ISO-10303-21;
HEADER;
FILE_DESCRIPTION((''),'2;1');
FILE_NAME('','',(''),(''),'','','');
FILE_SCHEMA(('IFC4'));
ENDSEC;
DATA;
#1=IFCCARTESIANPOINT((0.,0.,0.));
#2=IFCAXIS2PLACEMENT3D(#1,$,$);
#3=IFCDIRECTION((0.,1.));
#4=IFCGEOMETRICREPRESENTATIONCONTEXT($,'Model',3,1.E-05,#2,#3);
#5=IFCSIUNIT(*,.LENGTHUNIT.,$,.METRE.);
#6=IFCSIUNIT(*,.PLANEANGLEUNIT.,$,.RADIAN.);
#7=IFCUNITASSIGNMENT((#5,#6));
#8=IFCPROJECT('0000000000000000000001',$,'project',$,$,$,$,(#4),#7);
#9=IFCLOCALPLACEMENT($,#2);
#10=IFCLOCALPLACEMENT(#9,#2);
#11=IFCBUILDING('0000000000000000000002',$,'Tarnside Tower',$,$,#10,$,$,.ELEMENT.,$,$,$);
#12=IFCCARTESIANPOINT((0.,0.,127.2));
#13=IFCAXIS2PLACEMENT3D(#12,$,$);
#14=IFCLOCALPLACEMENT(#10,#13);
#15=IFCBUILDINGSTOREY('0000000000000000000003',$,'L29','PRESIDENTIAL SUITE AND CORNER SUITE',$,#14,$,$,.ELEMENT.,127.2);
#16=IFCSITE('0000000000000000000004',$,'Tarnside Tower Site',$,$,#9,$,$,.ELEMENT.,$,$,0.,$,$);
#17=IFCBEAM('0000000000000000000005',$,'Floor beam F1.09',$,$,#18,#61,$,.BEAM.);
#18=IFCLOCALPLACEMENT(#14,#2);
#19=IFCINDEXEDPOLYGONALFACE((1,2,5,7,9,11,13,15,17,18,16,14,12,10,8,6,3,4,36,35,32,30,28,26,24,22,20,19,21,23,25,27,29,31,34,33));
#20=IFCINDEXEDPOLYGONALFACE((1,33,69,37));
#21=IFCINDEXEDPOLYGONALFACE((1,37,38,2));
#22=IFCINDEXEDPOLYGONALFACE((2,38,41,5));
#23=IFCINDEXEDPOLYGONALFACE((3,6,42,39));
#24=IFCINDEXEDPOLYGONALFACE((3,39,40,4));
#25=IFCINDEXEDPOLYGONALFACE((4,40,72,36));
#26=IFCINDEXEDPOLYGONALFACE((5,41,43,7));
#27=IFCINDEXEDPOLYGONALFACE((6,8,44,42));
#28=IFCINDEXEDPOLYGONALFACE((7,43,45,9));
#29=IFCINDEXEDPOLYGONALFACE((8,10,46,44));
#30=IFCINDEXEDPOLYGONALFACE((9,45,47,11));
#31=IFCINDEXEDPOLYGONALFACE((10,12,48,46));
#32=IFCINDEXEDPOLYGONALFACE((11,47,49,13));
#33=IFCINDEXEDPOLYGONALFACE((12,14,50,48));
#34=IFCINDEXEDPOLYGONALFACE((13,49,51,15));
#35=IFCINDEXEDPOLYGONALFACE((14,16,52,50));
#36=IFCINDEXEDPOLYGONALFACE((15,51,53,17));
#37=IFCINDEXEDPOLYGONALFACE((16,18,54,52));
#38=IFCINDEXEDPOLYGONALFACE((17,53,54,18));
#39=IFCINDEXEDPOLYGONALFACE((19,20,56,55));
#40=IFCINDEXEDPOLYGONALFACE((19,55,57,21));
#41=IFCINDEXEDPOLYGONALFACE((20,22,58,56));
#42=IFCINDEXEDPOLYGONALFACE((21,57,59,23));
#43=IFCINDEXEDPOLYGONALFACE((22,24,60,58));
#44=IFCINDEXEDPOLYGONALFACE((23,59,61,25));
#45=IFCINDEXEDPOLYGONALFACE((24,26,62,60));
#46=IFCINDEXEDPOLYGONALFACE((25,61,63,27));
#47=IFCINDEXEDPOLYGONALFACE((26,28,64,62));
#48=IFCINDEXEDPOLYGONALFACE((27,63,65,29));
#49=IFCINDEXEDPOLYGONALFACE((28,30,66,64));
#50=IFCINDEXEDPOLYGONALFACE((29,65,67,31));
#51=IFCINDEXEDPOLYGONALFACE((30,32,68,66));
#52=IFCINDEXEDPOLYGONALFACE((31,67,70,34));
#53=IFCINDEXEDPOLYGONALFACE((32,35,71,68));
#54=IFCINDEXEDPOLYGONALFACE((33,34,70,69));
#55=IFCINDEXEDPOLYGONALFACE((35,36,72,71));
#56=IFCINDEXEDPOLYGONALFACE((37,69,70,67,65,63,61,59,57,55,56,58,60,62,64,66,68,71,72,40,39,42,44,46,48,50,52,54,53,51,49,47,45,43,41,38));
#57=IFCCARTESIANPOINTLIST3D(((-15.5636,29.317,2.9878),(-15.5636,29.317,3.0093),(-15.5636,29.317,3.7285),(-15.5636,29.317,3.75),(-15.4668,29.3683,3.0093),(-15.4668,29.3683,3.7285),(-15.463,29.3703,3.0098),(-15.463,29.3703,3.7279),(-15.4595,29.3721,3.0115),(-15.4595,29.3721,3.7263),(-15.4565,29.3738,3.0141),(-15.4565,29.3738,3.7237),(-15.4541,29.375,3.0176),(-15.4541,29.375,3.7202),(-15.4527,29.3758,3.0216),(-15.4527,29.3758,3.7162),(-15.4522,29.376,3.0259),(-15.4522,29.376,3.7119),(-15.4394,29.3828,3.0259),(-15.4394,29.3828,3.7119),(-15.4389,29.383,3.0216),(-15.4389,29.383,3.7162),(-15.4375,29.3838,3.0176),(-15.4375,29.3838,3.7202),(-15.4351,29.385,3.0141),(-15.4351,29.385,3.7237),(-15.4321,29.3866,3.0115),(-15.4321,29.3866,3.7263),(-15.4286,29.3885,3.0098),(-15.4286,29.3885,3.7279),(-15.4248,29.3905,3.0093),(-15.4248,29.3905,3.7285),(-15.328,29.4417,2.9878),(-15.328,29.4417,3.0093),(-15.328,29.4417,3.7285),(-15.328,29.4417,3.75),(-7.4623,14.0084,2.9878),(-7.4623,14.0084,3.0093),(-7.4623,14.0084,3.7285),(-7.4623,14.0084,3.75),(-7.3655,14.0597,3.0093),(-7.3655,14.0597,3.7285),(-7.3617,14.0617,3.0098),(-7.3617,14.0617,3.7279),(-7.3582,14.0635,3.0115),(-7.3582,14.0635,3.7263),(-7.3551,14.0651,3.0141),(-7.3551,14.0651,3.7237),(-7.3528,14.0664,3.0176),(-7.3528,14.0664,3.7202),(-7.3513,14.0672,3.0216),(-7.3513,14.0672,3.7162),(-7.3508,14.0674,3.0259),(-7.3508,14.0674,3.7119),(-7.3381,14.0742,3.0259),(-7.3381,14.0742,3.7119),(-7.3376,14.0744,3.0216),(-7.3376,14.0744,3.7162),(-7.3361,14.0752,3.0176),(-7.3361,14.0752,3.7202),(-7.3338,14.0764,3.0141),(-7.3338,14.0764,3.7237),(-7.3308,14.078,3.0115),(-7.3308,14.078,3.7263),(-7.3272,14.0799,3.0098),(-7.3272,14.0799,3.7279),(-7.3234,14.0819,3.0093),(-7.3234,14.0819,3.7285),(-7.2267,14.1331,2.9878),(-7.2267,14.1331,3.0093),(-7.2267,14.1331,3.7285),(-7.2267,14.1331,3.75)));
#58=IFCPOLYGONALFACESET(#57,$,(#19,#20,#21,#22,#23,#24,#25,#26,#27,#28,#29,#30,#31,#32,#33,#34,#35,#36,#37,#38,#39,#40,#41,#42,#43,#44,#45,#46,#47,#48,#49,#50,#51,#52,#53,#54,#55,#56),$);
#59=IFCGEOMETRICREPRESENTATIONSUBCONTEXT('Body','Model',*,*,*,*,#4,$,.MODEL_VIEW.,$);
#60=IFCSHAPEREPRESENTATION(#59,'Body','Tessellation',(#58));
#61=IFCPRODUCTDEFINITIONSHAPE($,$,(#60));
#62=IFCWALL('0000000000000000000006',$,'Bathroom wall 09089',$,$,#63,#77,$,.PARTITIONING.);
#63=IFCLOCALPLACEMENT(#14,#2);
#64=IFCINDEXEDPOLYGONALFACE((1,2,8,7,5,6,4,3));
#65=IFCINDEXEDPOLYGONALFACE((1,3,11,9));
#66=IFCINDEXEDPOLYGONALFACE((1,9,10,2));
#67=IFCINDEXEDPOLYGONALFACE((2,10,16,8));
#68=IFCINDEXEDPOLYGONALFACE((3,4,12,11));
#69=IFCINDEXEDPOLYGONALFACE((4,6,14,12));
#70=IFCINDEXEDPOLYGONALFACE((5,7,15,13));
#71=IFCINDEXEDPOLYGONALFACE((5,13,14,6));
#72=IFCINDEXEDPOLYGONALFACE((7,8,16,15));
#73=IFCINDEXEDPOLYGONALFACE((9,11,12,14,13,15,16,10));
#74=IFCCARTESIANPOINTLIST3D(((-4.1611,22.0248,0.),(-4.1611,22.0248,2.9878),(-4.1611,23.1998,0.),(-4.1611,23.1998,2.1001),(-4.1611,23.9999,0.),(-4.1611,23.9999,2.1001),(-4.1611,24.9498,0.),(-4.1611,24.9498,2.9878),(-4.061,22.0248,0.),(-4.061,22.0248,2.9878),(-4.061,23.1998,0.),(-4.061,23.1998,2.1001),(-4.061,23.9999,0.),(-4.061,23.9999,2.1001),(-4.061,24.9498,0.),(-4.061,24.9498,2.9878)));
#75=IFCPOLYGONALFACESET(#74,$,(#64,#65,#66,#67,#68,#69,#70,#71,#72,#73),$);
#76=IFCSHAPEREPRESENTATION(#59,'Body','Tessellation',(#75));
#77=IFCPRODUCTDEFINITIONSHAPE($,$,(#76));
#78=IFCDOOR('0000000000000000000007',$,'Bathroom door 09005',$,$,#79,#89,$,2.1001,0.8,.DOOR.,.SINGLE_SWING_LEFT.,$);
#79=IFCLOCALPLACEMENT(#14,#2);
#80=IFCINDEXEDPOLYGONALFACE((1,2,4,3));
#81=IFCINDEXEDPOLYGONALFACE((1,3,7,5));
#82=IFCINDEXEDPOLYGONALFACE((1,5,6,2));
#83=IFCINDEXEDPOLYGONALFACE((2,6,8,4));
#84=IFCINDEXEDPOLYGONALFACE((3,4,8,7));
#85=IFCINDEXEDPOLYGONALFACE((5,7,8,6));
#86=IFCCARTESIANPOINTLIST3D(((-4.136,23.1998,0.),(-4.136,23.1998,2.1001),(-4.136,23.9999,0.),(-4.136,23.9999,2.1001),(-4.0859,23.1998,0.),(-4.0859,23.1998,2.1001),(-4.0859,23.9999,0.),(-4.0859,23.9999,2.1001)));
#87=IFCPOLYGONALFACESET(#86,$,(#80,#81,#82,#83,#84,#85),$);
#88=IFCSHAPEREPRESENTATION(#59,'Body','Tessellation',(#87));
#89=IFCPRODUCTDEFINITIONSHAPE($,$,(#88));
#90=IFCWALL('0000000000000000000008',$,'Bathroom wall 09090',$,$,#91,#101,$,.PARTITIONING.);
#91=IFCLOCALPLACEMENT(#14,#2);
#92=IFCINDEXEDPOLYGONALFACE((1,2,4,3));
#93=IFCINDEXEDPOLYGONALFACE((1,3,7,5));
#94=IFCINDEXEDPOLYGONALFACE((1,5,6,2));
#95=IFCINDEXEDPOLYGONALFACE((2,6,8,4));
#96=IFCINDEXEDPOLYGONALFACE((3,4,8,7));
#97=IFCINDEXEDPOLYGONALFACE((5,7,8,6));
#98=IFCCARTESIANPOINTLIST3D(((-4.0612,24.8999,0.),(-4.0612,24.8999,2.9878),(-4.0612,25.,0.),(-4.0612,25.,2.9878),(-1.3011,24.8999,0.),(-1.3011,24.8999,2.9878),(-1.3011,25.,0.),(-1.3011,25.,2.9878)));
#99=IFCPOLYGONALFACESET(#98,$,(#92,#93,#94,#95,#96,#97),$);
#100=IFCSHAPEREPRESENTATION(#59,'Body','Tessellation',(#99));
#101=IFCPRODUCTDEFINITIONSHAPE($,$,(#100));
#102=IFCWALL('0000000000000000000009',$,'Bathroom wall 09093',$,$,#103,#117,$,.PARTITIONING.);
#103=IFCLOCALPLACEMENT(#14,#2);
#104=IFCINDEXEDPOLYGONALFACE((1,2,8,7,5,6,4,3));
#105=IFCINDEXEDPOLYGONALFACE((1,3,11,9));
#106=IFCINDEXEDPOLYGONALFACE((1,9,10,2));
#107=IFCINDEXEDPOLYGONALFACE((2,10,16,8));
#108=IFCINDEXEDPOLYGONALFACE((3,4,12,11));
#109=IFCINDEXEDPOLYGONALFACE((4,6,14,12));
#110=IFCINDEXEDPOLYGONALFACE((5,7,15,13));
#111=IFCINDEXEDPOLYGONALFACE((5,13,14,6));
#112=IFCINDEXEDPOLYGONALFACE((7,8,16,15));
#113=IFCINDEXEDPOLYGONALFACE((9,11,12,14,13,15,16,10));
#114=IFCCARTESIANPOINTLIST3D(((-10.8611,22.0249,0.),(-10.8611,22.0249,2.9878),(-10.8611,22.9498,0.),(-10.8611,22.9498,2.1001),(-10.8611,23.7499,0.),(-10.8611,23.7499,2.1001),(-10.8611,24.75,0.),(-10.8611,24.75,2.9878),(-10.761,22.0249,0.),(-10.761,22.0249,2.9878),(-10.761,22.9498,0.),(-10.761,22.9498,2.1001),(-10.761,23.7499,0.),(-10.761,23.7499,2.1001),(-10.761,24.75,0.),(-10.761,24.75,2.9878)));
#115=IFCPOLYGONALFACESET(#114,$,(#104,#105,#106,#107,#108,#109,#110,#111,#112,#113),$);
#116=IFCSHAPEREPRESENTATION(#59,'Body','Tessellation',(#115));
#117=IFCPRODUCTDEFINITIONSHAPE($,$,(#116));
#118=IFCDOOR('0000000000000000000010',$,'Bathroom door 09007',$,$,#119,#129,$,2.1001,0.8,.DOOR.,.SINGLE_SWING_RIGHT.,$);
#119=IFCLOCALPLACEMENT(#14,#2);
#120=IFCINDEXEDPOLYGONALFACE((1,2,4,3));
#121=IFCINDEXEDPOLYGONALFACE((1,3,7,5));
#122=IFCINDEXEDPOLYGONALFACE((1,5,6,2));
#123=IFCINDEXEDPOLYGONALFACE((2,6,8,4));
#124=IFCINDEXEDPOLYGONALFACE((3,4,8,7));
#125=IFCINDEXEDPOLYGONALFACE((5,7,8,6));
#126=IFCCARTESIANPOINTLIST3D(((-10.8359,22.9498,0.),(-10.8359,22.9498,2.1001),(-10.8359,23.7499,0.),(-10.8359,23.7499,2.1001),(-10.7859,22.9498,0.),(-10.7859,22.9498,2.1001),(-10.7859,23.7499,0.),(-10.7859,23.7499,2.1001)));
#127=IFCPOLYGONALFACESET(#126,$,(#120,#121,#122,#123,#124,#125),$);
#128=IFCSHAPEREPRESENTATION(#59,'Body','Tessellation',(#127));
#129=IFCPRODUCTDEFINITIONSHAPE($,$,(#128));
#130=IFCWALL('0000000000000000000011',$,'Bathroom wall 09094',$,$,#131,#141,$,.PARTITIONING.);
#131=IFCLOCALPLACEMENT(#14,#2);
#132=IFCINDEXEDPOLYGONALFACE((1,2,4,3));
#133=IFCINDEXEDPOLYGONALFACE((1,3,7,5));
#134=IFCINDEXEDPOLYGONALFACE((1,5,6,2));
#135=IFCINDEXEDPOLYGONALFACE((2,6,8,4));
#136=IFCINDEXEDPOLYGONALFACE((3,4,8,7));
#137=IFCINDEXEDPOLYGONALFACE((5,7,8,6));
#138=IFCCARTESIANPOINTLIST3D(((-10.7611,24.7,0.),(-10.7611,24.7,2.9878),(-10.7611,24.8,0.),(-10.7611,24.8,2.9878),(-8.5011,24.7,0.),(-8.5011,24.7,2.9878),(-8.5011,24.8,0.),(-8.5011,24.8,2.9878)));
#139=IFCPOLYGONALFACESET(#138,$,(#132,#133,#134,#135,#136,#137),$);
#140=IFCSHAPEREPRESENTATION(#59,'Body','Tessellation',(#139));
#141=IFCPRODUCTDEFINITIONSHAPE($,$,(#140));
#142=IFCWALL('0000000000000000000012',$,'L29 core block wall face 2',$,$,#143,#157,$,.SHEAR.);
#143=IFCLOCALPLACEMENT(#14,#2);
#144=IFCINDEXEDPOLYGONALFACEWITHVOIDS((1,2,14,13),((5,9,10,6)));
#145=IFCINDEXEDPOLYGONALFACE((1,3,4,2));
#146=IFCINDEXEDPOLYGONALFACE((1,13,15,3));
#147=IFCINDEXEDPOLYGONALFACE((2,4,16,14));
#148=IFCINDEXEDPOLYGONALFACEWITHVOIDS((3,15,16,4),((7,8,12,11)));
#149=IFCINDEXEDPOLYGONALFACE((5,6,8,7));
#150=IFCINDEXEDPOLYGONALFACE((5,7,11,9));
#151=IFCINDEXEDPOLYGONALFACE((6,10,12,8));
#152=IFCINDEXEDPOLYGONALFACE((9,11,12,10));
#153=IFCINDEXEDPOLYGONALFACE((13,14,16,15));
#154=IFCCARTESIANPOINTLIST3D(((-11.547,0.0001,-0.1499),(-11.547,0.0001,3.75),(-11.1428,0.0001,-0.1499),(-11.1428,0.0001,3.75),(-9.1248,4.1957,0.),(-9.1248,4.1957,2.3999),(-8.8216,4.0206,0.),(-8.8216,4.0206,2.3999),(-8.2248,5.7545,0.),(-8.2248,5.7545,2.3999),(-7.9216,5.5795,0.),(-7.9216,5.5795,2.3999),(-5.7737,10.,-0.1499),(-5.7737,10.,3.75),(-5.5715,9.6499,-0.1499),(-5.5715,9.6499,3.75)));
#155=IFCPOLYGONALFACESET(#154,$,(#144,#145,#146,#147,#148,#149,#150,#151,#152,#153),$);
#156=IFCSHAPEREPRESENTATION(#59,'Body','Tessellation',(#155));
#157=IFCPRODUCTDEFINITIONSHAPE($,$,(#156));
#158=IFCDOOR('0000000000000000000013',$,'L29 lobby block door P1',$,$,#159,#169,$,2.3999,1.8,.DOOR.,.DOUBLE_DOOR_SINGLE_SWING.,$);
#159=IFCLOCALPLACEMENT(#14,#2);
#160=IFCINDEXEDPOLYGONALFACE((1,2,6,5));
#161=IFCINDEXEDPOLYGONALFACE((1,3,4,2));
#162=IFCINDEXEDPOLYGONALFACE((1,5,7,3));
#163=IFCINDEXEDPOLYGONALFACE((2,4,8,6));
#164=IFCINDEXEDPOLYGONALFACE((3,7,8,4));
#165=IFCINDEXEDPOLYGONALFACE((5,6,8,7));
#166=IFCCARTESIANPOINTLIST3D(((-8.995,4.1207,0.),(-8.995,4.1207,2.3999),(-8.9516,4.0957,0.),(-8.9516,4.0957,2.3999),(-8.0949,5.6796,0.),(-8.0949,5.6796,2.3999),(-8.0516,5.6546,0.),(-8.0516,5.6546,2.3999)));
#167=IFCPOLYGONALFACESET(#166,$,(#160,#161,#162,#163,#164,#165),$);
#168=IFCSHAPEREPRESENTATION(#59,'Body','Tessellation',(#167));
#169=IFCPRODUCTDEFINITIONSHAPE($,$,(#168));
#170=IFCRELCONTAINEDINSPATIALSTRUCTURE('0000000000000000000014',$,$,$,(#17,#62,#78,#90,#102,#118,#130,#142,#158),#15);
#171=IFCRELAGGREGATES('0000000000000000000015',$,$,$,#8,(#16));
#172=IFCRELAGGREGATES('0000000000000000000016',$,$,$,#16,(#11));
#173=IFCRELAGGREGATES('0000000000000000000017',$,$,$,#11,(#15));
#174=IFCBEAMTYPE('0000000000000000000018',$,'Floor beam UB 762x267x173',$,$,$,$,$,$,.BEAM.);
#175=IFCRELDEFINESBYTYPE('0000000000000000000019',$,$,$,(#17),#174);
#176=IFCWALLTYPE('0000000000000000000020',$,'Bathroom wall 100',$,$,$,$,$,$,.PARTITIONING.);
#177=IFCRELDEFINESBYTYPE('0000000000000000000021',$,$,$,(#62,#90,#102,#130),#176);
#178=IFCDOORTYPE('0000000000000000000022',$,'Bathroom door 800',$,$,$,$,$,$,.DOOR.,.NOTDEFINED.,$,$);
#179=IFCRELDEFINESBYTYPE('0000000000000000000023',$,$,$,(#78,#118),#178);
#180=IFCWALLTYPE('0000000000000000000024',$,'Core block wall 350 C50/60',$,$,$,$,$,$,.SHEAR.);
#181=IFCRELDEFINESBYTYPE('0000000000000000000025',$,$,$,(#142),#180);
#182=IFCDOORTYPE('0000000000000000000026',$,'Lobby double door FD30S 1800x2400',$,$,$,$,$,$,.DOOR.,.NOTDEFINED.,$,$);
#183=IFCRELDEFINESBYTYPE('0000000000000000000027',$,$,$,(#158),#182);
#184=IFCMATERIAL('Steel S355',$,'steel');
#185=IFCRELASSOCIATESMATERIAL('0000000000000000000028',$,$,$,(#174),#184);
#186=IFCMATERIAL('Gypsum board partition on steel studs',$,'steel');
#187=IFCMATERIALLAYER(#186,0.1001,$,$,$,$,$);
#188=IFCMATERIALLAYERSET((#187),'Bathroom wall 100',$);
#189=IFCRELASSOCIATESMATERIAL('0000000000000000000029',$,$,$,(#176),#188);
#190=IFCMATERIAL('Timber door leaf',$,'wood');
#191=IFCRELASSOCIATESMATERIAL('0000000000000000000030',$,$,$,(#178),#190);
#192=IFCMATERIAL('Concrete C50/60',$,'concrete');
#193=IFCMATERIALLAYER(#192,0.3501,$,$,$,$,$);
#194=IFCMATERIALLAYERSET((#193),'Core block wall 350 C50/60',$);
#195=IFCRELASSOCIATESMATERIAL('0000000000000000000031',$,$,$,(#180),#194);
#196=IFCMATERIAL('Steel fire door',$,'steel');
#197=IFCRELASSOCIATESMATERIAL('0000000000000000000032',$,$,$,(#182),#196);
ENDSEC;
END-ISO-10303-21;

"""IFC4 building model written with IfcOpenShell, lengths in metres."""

from ifc_helpers import new_model, si_unit, direction, frame, frame_2d, origin, origin_2d, place, context, subcontext, project, spatial, polyline, rectangle, i_section, outline, extrude, material, layer, layer_set, material_profile, profile_set, type_object, element, fill, save


model = new_model("IFC4")

# Units and contexts
model_context = context("Model", 3, precision=1e-05, world=origin(), true_north=direction((0.0, 1.0)))
body_context = subcontext(model_context, "Body", "Model", "MODEL_VIEW")
ifc_project = project(units=[si_unit("LENGTHUNIT", "METRE"), si_unit("PLANEANGLEUNIT", "RADIAN")], contexts=[model_context])

# Site, building, storey
site_placement = place(None, origin())
site = spatial("IfcSite", under=ifc_project, at=site_placement, Name="Tarnside Tower Site", CompositionType="ELEMENT", RefElevation=0.0)
building_placement = place(site_placement, origin())
building = spatial("IfcBuilding", under=site, at=building_placement, Name="Tarnside Tower", CompositionType="ELEMENT")
storey_placement = place(building_placement, frame((0.0, 0.0, 127.2)))
storey = spatial("IfcBuildingStorey", under=building, at=storey_placement, Name="L29", Description="PRESIDENTIAL SUITE AND CORNER SUITE", CompositionType="ELEMENT", Elevation=127.2)

# Beam
ifc_material_1 = material(Name="Steel S355", Category="steel")
ifc_material_profile_1 = material_profile(ifc_material_1, i_section(OverallWidth=0.2666, OverallDepth=0.7622, WebThickness=0.0144, FlangeThickness=0.0215, FilletRadius=0.0166, at=origin_2d()), Name="UB 762x267x173")
ifc_profile_set_1 = profile_set([ifc_material_profile_1], Name="Steel S355")
beam_type_1 = type_object("IfcBeamType", Name="Floor beam UB 762x267x173", PredefinedType="BEAM", material=ifc_profile_set_1)
beam_1_placement = place(storey_placement, frame((-15.4458, 29.3794, 3.3689), z_axis=(0.467742, -0.883865, 0.0), x_axis=(0.883865, 0.467742, 0.0)))
element("IfcBeam", 1, at=beam_1_placement, inside=storey, type_object=beam_type_1, Name="Floor beam F1.09", PredefinedType="BEAM", context=body_context, shape_type="SweptSolid", body=[
    extrude(i_section(OverallWidth=0.2666, OverallDepth=0.7622, WebThickness=0.0144, FlangeThickness=0.0215, FilletRadius=0.0166, at=origin_2d()), origin(), (0.0, 0.0, 1.0), 17.3201),
])

# Wall, opening, door
ifc_material_2 = material(Name="Gypsum board partition on steel studs", Category="steel")
ifc_layer_1 = layer(ifc_material_2, 0.1001)
ifc_layer_set_1 = layer_set([ifc_layer_1], Name="Bathroom wall 100")
wall_type_1 = type_object("IfcWallType", Name="Bathroom wall 100", PredefinedType="PARTITIONING", material=ifc_layer_set_1)
wall_1_placement = place(storey_placement, frame((-4.1111, 22.0249, 0.0), z_axis=(0.0, 0.0, 1.0), x_axis=(0.0, 1.0, 0.0)))
wall_1 = element("IfcWall", 2, at=wall_1_placement, inside=storey, type_object=wall_type_1, Name="Bathroom wall 09089", PredefinedType="PARTITIONING", context=body_context, shape_type="SweptSolid", body=[
    extrude(rectangle(XDim=2.925, YDim=0.1001, at=frame_2d((1.4624, 0.0))), origin(), (0.0, 0.0, 1.0), 2.9878),
])
opening_1_placement = place(wall_1_placement, frame((1.175, 0.0, 0.0)))
opening_1 = element("IfcOpeningElement", 3, at=opening_1_placement, cuts=wall_1, PredefinedType="OPENING", context=body_context, shape_type="SweptSolid", body=[
    extrude(rectangle(XDim=0.8, YDim=2.1001, at=frame_2d((0.3999, 1.05))), frame((0.0, 0.0601, 0.0), z_axis=(0.0, -1.0, 0.0), x_axis=(1.0, 0.0, 0.0)), (0.0, 0.0, 1.0), 0.1201),
])
ifc_material_3 = material(Name="Timber door leaf", Category="wood")
door_type_1 = type_object("IfcDoorType", Name="Bathroom door 800", OperationType="NOTDEFINED", PredefinedType="DOOR", material=ifc_material_3)
door_1_placement = place(opening_1_placement, origin())
door_1 = element("IfcDoor", 4, at=door_1_placement, inside=storey, type_object=door_type_1, Name="Bathroom door 09005", OperationType="SINGLE_SWING_LEFT", OverallHeight=2.1001, OverallWidth=0.8, PredefinedType="DOOR", context=body_context, shape_type="SweptSolid", body=[
    extrude(rectangle(XDim=0.8, YDim=2.1001, at=frame_2d((0.3999, 1.05))), frame((0.0, 0.0249, 0.0), z_axis=(0.0, -1.0, 0.0), x_axis=(1.0, 0.0, 0.0)), (0.0, 0.0, 1.0), 0.05),
])
fill(opening_1, door_1)

# Wall
wall_2_placement = place(storey_placement, frame((-4.061, 24.95, 0.0), z_axis=(0.0, 0.0, 1.0), x_axis=(1.0, 0.0, 0.0)))
element("IfcWall", 5, at=wall_2_placement, inside=storey, type_object=wall_type_1, Name="Bathroom wall 09090", PredefinedType="PARTITIONING", context=body_context, shape_type="SweptSolid", body=[
    extrude(rectangle(XDim=2.76, YDim=0.1001, at=frame_2d((1.3799, 0.0))), origin(), (0.0, 0.0, 1.0), 2.9878),
])

# Wall, opening, door
wall_3_placement = place(storey_placement, frame((-10.811, 22.0249, 0.0), z_axis=(0.0, 0.0, 1.0), x_axis=(0.0, 1.0, 0.0)))
wall_3 = element("IfcWall", 6, at=wall_3_placement, inside=storey, type_object=wall_type_1, Name="Bathroom wall 09093", PredefinedType="PARTITIONING", context=body_context, shape_type="SweptSolid", body=[
    extrude(rectangle(XDim=2.7251, YDim=0.1001, at=frame_2d((1.3625, 0.0))), origin(), (0.0, 0.0, 1.0), 2.9878),
])
opening_2_placement = place(wall_3_placement, frame((0.925, 0.0, 0.0)))
opening_2 = element("IfcOpeningElement", 7, at=opening_2_placement, cuts=wall_3, PredefinedType="OPENING", context=body_context, shape_type="SweptSolid", body=[
    extrude(rectangle(XDim=0.8, YDim=2.1001, at=frame_2d((0.3999, 1.05))), frame((0.0, 0.0601, 0.0), z_axis=(0.0, -1.0, 0.0), x_axis=(1.0, 0.0, 0.0)), (0.0, 0.0, 1.0), 0.1201),
])
door_2_placement = place(opening_2_placement, origin())
door_2 = element("IfcDoor", 8, at=door_2_placement, inside=storey, type_object=door_type_1, Name="Bathroom door 09007", OperationType="SINGLE_SWING_RIGHT", OverallHeight=2.1001, OverallWidth=0.8, PredefinedType="DOOR", context=body_context, shape_type="SweptSolid", body=[
    extrude(rectangle(XDim=0.8, YDim=2.1001, at=frame_2d((0.3999, 1.05))), frame((0.0, 0.0249, 0.0), z_axis=(0.0, -1.0, 0.0), x_axis=(1.0, 0.0, 0.0)), (0.0, 0.0, 1.0), 0.05),
])
fill(opening_2, door_2)

# Wall
wall_4_placement = place(storey_placement, frame((-10.761, 24.75, 0.0), z_axis=(0.0, 0.0, 1.0), x_axis=(1.0, 0.0, 0.0)))
element("IfcWall", 9, at=wall_4_placement, inside=storey, type_object=wall_type_1, Name="Bathroom wall 09094", PredefinedType="PARTITIONING", context=body_context, shape_type="SweptSolid", body=[
    extrude(rectangle(XDim=2.26, YDim=0.1001, at=frame_2d((1.1299, 0.0))), origin(), (0.0, 0.0, 1.0), 2.9878),
])

# Wall, opening, door
ifc_material_4 = material(Name="Concrete C50/60", Category="concrete")
ifc_layer_2 = layer(ifc_material_4, 0.3501)
ifc_layer_set_2 = layer_set([ifc_layer_2], Name="Core block wall 350 C50/60")
wall_type_2 = type_object("IfcWallType", Name="Core block wall 350 C50/60", PredefinedType="SHEAR", material=ifc_layer_set_2)
wall_5_placement = place(storey_placement, frame((-5.6726, 9.825, -0.1499), z_axis=(0.0, 0.0, 1.0), x_axis=(-0.499995, -0.866028, 0.0)))
wall_5 = element("IfcWall", 10, at=wall_5_placement, inside=storey, type_object=wall_type_2, Name="L29 core block wall face 2", PredefinedType="SHEAR", context=body_context, shape_type="SweptSolid", body=[
    extrude(outline(polyline([(-0.1011, -0.175), (11.4458, -0.175), (11.2437, 0.175), (0.1011, 0.175), (-0.1011, -0.175)])), origin(), (0.0, 0.0, 1.0), 3.8999),
])
opening_3_placement = place(wall_5_placement, frame((4.8013, 0.0, 0.1499)))
opening_3 = element("IfcOpeningElement", 11, at=opening_3_placement, cuts=wall_5, PredefinedType="OPENING", context=body_context, shape_type="SweptSolid", body=[
    extrude(rectangle(XDim=1.8, YDim=2.3999, at=frame_2d((0.8999, 1.2))), frame((0.0, 0.1851, 0.0), z_axis=(0.0, -1.0, 0.0), x_axis=(1.0, 0.0, 0.0)), (0.0, 0.0, 1.0), 0.3701),
])
ifc_material_5 = material(Name="Steel fire door", Category="steel")
door_type_2 = type_object("IfcDoorType", Name="Lobby double door FD30S 1800x2400", OperationType="NOTDEFINED", PredefinedType="DOOR", material=ifc_material_5)
door_3_placement = place(opening_3_placement, origin())
door_3 = element("IfcDoor", 12, at=door_3_placement, inside=storey, type_object=door_type_2, Name="L29 lobby block door P1", OperationType="DOUBLE_DOOR_SINGLE_SWING", OverallHeight=2.3999, OverallWidth=1.8, PredefinedType="DOOR", context=body_context, shape_type="SweptSolid", body=[
    extrude(rectangle(XDim=1.8, YDim=2.3999, at=frame_2d((0.8999, 1.2))), frame((0.0, 0.0249, 0.0), z_axis=(0.0, -1.0, 0.0), x_axis=(1.0, 0.0, 0.0)), (0.0, 0.0, 1.0), 0.05),
])
fill(opening_3, door_3)

save(model, "model.ifc")
